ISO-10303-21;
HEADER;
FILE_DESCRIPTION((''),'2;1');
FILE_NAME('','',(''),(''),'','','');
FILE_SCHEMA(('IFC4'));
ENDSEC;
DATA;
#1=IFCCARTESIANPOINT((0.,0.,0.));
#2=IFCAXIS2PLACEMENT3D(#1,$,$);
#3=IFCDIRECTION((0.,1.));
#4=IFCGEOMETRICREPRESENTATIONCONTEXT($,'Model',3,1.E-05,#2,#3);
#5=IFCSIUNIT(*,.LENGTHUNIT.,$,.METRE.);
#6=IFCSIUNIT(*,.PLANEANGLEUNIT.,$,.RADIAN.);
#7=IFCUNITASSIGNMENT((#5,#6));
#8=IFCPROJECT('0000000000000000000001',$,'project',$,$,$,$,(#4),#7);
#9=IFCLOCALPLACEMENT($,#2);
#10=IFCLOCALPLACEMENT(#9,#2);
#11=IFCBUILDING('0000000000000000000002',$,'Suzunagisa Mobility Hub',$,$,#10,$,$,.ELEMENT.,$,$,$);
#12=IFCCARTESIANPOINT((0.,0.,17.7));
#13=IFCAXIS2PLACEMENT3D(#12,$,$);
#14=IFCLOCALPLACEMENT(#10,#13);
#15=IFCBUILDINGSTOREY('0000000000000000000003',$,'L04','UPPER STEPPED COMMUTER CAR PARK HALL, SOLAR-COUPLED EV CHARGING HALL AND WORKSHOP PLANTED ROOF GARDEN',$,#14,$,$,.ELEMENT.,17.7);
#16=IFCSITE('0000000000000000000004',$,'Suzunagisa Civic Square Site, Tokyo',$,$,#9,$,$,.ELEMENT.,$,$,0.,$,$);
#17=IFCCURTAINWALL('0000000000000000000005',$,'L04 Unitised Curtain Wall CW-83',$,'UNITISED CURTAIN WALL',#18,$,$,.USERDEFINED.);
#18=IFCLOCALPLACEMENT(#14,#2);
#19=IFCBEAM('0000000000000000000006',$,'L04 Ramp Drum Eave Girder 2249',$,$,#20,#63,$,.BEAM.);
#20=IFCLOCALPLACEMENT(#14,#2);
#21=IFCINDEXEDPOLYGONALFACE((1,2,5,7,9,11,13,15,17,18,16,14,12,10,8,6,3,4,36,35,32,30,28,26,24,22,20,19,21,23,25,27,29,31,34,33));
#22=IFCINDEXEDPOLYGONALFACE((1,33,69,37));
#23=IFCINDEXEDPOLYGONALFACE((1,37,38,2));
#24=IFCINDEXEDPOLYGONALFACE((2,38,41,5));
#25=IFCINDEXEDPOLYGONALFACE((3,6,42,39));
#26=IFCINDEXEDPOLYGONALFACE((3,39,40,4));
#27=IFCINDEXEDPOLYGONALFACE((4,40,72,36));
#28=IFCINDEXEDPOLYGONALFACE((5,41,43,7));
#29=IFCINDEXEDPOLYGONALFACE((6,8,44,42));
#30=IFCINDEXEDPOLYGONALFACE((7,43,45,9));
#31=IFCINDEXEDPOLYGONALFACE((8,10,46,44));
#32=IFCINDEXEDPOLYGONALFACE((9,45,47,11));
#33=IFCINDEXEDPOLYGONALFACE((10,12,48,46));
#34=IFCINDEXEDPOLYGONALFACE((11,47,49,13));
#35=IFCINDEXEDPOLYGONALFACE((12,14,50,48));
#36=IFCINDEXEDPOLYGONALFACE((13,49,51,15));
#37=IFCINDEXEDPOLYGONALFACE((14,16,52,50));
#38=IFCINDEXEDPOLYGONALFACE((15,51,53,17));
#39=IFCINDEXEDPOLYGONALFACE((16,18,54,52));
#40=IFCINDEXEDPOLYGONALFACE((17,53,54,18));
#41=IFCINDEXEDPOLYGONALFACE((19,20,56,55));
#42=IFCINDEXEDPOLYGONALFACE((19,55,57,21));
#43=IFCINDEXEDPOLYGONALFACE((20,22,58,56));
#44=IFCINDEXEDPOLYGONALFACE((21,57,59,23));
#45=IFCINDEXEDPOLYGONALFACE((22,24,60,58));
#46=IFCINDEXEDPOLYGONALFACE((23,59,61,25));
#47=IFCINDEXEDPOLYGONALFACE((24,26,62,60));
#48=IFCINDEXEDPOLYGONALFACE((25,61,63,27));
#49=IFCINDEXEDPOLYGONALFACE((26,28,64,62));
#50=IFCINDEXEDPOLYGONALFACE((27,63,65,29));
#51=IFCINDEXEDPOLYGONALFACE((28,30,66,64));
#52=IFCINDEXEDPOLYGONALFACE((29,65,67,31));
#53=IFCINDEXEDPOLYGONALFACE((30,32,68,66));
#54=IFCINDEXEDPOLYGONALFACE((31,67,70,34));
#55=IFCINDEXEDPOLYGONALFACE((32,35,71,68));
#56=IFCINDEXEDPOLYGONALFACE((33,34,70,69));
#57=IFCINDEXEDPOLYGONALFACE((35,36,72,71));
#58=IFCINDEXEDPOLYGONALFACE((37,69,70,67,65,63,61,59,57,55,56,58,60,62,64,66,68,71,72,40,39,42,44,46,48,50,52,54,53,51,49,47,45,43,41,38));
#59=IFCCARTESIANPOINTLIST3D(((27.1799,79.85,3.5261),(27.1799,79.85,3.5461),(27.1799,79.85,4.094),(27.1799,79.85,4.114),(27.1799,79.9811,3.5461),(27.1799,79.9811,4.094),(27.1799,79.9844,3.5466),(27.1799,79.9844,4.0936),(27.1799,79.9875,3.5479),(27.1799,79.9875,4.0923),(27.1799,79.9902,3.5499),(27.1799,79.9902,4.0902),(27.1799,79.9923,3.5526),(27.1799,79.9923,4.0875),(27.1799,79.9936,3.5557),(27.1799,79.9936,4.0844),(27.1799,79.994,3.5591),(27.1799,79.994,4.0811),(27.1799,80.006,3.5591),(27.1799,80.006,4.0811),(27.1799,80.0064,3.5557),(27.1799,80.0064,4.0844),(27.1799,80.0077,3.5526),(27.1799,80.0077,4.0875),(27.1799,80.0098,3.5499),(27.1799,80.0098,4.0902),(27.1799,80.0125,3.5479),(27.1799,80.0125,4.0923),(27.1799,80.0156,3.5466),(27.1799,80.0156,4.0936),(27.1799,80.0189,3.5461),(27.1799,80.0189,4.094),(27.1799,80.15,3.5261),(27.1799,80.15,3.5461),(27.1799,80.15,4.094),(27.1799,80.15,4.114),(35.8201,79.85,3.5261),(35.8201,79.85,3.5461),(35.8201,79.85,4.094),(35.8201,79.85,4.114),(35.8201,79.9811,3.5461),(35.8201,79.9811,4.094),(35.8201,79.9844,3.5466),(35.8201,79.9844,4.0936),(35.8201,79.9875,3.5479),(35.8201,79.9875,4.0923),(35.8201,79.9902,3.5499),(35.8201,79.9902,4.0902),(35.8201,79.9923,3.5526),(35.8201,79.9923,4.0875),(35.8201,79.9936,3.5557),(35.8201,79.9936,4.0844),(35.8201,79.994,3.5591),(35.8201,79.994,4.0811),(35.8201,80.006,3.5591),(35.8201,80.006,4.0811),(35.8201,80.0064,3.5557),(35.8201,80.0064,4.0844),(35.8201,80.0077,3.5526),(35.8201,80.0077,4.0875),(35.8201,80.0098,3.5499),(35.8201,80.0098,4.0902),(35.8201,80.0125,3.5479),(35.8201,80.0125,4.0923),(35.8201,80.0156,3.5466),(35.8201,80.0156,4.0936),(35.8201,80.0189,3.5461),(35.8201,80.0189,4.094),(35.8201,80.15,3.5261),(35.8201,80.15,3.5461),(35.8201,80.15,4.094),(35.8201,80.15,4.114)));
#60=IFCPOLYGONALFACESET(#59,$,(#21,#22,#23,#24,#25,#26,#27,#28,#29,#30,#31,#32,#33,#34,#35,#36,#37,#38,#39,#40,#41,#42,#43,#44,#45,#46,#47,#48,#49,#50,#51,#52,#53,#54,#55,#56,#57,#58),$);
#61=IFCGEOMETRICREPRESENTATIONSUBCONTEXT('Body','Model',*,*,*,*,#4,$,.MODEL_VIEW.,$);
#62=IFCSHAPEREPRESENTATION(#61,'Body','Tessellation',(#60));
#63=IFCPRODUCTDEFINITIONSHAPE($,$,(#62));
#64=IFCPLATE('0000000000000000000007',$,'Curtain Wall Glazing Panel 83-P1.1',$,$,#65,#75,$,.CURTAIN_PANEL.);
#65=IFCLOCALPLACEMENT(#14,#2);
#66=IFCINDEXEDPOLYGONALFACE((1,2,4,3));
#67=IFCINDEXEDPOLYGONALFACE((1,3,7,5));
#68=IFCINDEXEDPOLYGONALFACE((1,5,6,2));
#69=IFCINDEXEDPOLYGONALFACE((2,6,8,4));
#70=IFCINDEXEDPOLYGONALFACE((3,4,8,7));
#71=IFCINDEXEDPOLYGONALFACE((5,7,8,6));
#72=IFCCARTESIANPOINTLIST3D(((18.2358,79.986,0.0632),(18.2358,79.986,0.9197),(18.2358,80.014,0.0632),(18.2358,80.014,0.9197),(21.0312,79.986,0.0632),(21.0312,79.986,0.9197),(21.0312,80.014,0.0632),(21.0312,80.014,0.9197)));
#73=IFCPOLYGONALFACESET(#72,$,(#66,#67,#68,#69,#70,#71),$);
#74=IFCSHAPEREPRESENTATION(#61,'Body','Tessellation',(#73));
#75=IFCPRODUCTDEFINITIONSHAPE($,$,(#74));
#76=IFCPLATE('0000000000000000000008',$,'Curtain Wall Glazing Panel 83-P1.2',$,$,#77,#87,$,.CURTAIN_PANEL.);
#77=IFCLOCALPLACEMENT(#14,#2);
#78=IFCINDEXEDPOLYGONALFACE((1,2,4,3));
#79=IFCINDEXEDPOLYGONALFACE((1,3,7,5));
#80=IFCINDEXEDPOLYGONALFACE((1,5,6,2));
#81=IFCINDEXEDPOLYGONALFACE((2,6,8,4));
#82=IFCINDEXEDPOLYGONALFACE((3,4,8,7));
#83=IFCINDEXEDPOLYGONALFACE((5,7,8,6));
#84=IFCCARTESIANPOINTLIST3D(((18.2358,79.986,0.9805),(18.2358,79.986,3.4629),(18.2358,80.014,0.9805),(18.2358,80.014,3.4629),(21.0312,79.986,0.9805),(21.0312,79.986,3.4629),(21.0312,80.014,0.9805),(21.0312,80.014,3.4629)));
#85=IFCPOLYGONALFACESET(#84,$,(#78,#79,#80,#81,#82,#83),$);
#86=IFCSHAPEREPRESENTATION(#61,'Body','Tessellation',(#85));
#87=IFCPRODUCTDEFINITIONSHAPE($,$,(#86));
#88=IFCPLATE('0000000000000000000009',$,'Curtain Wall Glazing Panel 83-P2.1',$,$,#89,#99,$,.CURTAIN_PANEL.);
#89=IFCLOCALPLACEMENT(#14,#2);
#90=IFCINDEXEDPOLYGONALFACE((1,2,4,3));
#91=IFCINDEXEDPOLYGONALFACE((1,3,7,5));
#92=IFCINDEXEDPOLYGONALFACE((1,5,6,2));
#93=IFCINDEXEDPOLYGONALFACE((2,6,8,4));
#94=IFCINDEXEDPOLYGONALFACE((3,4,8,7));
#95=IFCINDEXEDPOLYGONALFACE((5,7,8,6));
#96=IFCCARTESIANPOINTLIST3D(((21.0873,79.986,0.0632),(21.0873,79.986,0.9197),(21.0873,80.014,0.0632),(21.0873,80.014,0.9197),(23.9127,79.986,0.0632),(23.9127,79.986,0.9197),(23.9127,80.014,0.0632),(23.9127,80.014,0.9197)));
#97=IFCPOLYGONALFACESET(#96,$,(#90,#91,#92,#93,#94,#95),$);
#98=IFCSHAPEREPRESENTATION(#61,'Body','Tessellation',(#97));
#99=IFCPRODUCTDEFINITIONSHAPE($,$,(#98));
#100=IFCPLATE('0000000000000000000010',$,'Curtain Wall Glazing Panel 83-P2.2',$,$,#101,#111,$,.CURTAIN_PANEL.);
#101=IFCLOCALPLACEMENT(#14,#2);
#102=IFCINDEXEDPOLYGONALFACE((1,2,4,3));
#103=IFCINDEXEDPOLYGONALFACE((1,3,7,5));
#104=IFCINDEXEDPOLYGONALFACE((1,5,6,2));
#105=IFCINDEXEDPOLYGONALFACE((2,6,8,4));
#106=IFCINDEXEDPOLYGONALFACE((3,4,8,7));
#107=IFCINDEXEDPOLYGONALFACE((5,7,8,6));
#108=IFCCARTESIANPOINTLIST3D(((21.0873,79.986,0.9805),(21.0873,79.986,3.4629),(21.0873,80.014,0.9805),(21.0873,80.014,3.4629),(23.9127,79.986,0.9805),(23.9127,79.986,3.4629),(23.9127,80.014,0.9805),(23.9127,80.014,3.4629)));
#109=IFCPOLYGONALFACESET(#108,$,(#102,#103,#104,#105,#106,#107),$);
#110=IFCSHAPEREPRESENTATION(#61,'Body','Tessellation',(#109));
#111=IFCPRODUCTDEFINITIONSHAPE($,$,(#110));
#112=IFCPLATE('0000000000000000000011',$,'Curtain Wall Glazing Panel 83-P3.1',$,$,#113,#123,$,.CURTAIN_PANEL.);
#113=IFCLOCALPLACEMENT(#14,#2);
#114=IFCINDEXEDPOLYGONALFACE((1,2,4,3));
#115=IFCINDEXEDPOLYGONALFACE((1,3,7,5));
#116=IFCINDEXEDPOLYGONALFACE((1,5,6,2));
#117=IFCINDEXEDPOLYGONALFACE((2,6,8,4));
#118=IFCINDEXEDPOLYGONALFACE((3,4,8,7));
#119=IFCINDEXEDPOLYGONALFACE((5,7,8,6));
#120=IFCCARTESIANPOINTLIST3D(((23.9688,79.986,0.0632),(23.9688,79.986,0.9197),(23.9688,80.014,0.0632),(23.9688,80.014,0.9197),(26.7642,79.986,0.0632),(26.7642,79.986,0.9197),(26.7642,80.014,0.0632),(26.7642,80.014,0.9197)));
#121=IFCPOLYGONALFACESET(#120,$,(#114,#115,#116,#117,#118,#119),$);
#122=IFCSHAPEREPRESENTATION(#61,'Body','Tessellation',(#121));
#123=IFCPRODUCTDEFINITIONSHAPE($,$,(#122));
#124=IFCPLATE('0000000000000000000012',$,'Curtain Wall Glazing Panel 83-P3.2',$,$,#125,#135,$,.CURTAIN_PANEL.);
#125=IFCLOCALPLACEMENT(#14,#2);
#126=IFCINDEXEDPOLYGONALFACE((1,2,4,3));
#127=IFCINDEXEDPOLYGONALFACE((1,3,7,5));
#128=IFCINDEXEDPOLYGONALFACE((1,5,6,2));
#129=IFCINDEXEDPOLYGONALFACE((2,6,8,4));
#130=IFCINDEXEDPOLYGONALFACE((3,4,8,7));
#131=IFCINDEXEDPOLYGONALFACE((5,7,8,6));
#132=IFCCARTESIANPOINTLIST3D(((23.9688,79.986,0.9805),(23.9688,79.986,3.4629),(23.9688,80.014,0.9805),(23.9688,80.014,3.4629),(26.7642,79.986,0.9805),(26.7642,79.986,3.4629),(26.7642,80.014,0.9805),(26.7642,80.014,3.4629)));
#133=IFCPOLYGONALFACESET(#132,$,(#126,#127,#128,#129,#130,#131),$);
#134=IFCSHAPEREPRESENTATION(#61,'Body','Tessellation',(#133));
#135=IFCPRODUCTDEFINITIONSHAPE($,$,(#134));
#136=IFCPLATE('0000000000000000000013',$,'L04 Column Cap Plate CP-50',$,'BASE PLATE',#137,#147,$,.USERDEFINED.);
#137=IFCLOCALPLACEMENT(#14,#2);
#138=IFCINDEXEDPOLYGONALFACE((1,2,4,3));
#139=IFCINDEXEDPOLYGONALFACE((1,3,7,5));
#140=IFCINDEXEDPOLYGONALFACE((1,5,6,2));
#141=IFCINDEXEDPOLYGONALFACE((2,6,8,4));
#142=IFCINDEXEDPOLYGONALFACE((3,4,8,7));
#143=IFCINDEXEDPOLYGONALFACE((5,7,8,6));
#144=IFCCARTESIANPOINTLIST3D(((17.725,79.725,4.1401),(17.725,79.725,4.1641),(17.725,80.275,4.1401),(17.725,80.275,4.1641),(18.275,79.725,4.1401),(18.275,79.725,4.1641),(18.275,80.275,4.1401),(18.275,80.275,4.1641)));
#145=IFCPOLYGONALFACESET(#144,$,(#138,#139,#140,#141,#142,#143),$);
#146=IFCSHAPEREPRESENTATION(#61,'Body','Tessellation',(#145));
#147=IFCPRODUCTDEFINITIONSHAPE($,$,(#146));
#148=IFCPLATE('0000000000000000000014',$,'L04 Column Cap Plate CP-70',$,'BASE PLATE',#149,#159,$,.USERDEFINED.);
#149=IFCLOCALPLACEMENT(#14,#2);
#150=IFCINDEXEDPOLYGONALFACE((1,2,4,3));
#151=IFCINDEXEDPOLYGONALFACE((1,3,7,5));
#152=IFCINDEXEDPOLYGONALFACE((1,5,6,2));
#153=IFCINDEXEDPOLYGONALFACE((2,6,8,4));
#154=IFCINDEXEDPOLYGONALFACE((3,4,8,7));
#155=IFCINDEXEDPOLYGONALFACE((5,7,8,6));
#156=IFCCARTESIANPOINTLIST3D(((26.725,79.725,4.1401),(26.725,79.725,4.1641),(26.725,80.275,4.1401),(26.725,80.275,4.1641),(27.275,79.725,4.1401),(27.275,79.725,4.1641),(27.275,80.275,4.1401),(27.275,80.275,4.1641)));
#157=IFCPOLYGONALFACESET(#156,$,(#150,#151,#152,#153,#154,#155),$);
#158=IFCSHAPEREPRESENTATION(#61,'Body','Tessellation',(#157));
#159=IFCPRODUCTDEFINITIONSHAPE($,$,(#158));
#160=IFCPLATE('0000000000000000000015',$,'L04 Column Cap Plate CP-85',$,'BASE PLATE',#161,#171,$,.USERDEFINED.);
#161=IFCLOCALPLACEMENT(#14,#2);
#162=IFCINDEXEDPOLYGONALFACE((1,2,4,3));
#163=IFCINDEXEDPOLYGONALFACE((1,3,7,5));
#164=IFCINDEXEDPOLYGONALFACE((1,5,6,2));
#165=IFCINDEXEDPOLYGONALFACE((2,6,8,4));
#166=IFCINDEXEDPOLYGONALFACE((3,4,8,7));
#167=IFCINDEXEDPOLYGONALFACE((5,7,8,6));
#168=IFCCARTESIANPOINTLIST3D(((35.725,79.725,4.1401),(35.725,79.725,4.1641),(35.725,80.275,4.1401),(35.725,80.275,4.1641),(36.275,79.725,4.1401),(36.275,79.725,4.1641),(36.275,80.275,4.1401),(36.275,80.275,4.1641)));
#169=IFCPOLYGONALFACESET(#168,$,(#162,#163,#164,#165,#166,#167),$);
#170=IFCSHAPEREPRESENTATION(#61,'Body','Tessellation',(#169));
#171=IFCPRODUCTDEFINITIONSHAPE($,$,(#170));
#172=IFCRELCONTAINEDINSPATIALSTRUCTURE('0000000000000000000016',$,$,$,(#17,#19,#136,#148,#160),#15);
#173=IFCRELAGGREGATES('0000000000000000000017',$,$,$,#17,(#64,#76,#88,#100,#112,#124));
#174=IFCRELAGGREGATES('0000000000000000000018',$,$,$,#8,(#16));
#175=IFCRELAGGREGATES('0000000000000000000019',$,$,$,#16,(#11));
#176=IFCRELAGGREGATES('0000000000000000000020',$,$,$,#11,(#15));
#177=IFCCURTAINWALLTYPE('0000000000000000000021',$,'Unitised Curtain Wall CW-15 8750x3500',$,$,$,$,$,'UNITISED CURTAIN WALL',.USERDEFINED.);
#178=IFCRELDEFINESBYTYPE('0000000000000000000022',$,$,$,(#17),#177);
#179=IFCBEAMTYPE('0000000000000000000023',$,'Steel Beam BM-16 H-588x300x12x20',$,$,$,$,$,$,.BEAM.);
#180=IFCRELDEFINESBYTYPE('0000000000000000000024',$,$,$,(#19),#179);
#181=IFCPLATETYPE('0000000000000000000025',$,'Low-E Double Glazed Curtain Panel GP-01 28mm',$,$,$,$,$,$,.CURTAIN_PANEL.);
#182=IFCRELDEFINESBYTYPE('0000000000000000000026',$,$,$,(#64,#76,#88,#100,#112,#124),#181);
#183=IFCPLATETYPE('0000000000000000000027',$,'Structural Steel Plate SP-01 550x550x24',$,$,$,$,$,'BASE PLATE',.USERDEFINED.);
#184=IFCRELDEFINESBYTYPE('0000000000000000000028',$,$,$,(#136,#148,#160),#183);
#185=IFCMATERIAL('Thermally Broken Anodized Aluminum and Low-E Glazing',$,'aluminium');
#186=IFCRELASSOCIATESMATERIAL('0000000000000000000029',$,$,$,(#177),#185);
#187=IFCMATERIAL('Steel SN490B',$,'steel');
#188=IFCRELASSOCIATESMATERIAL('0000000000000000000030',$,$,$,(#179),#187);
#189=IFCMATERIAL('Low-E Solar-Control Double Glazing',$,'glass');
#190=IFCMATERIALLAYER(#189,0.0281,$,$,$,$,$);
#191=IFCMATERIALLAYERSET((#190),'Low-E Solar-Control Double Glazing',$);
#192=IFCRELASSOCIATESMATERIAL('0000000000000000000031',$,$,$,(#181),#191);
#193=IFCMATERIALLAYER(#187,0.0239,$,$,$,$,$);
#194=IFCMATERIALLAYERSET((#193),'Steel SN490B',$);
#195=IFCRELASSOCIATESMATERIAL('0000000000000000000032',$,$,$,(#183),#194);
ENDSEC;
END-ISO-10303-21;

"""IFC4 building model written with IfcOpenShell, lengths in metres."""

from ifc_helpers import new_model, si_unit, direction, frame, origin, origin_2d, place, context, subcontext, project, spatial, rectangle, i_section, extrude, material, layer, layer_set, material_profile, profile_set, type_object, element, aggregate, save


model = new_model("IFC4")

# Units and contexts
model_context = context("Model", 3, precision=1e-05, world=origin(), true_north=direction((0.0, 1.0)))
body_context = subcontext(model_context, "Body", "Model", "MODEL_VIEW")
ifc_project = project(units=[si_unit("LENGTHUNIT", "METRE"), si_unit("PLANEANGLEUNIT", "RADIAN")], contexts=[model_context])

# Site, building, storey
site_placement = place(None, origin())
site = spatial("IfcSite", under=ifc_project, at=site_placement, Name="Suzunagisa Civic Square Site, Tokyo", CompositionType="ELEMENT", RefElevation=0.0)
building_placement = place(site_placement, origin())
building = spatial("IfcBuilding", under=site, at=building_placement, Name="Suzunagisa Mobility Hub", CompositionType="ELEMENT")
storey_placement = place(building_placement, frame((0.0, 0.0, 17.7)))
storey = spatial("IfcBuildingStorey", under=building, at=storey_placement, Name="L04", Description="UPPER STEPPED COMMUTER CAR PARK HALL, SOLAR-COUPLED EV CHARGING HALL AND WORKSHOP PLANTED ROOF GARDEN", CompositionType="ELEMENT", Elevation=17.7)

# Shared definitions
ifc_material_1 = material(Name="Steel SN490B", Category="steel")

# Curtain wall
ifc_material_2 = material(Name="Thermally Broken Anodized Aluminum and Low-E Glazing", Category="aluminium")
curtain_wall_type = type_object("IfcCurtainWallType", Name="Unitised Curtain Wall CW-15 8750x3500", ElementType="UNITISED CURTAIN WALL", PredefinedType="USERDEFINED", material=ifc_material_2)
curtain_wall_placement = place(storey_placement, origin())
curtain_wall = element("IfcCurtainWall", 1, at=curtain_wall_placement, inside=storey, type_object=curtain_wall_type, Name="L04 Unitised Curtain Wall CW-83", ObjectType="UNITISED CURTAIN WALL", PredefinedType="USERDEFINED")

# Beam
ifc_material_profile_1 = material_profile(ifc_material_1, i_section(OverallWidth=0.3, OverallDepth=0.5879, WebThickness=0.012, FlangeThickness=0.02, FilletRadius=0.0129, at=origin_2d()), Name="H-588x300x12x20")
ifc_profile_set_1 = profile_set([ifc_material_profile_1], Name="Steel SN490B")
beam_type = type_object("IfcBeamType", Name="Steel Beam BM-16 H-588x300x12x20", PredefinedType="BEAM", material=ifc_profile_set_1)
for number, where, z_axis, x_axis, name in (
    (2, (27.1799, 80.0, 3.8201), (1.0, 0.0, 0.0), (0.0, 1.0, 0.0), "L04 Ramp Drum Eave Girder 2249"),
):
    element("IfcBeam", number, at=place(storey_placement, frame(where, z_axis=z_axis, x_axis=x_axis)), inside=storey, type_object=beam_type, Name=name, PredefinedType="BEAM", context=body_context, shape_type="SweptSolid", body=[
        extrude(i_section(OverallWidth=0.3, OverallDepth=0.5879, WebThickness=0.012, FlangeThickness=0.02, FilletRadius=0.0129, at=origin_2d()), origin(), (0.0, 0.0, 1.0), 8.6401),
    ])

# Plates
ifc_material_3 = material(Name="Low-E Solar-Control Double Glazing", Category="glass")
ifc_layer_1 = layer(ifc_material_3, 0.0281)
ifc_layer_set_1 = layer_set([ifc_layer_1], Name="Low-E Solar-Control Double Glazing")
plate_type_1 = type_object("IfcPlateType", Name="Low-E Double Glazed Curtain Panel GP-01 28mm", PredefinedType="CURTAIN_PANEL", material=ifc_layer_set_1)
plate_1_placement = place(storey_placement, frame((19.6335, 80.0, 0.0632), z_axis=(0.0, 0.0, 1.0), x_axis=(1.0, 0.0, 0.0)))
plate_1 = element("IfcPlate", 3, at=plate_1_placement, type_object=plate_type_1, Name="Curtain Wall Glazing Panel 83-P1.1", PredefinedType="CURTAIN_PANEL", context=body_context, shape_type="SweptSolid", body=[
    extrude(rectangle(XDim=2.7954, YDim=0.0281, at=origin_2d()), origin(), (0.0, 0.0, 1.0), 0.8564),
])
plate_2_placement = place(storey_placement, frame((19.6335, 80.0, 0.9805), z_axis=(0.0, 0.0, 1.0), x_axis=(1.0, 0.0, 0.0)))
plate_2 = element("IfcPlate", 4, at=plate_2_placement, type_object=plate_type_1, Name="Curtain Wall Glazing Panel 83-P1.2", PredefinedType="CURTAIN_PANEL", context=body_context, shape_type="SweptSolid", body=[
    extrude(rectangle(XDim=2.7954, YDim=0.0281, at=origin_2d()), origin(), (0.0, 0.0, 1.0), 2.4824),
])
plate_3_placement = place(storey_placement, frame((22.5, 80.0, 0.0632), z_axis=(0.0, 0.0, 1.0), x_axis=(1.0, 0.0, 0.0)))
plate_3 = element("IfcPlate", 5, at=plate_3_placement, type_object=plate_type_1, Name="Curtain Wall Glazing Panel 83-P2.1", PredefinedType="CURTAIN_PANEL", context=body_context, shape_type="SweptSolid", body=[
    extrude(rectangle(XDim=2.8254, YDim=0.0281, at=origin_2d()), origin(), (0.0, 0.0, 1.0), 0.8564),
])
plate_4_placement = place(storey_placement, frame((22.5, 80.0, 0.9805), z_axis=(0.0, 0.0, 1.0), x_axis=(1.0, 0.0, 0.0)))
plate_4 = element("IfcPlate", 6, at=plate_4_placement, type_object=plate_type_1, Name="Curtain Wall Glazing Panel 83-P2.2", PredefinedType="CURTAIN_PANEL", context=body_context, shape_type="SweptSolid", body=[
    extrude(rectangle(XDim=2.8254, YDim=0.0281, at=origin_2d()), origin(), (0.0, 0.0, 1.0), 2.4824),
])
plate_5_placement = place(storey_placement, frame((25.3665, 80.0, 0.0632), z_axis=(0.0, 0.0, 1.0), x_axis=(1.0, 0.0, 0.0)))
plate_5 = element("IfcPlate", 7, at=plate_5_placement, type_object=plate_type_1, Name="Curtain Wall Glazing Panel 83-P3.1", PredefinedType="CURTAIN_PANEL", context=body_context, shape_type="SweptSolid", body=[
    extrude(rectangle(XDim=2.7954, YDim=0.0281, at=origin_2d()), origin(), (0.0, 0.0, 1.0), 0.8564),
])
plate_6_placement = place(storey_placement, frame((25.3665, 80.0, 0.9805), z_axis=(0.0, 0.0, 1.0), x_axis=(1.0, 0.0, 0.0)))
plate_6 = element("IfcPlate", 8, at=plate_6_placement, type_object=plate_type_1, Name="Curtain Wall Glazing Panel 83-P3.2", PredefinedType="CURTAIN_PANEL", context=body_context, shape_type="SweptSolid", body=[
    extrude(rectangle(XDim=2.7954, YDim=0.0281, at=origin_2d()), origin(), (0.0, 0.0, 1.0), 2.4824),
])
aggregate(curtain_wall, [plate_1, plate_2, plate_3, plate_4, plate_5, plate_6])

# Plates
ifc_layer_2 = layer(ifc_material_1, 0.0239)
ifc_layer_set_2 = layer_set([ifc_layer_2], Name="Steel SN490B")
plate_type_2 = type_object("IfcPlateType", Name="Structural Steel Plate SP-01 550x550x24", ElementType="BASE PLATE", PredefinedType="USERDEFINED", material=ifc_layer_set_2)
for number, where, z_axis, x_axis, name in (
    (9, (18.0, 80.0, 4.1401), (0.0, 0.0, 1.0), (1.0, 0.0, 0.0), "L04 Column Cap Plate CP-50"),
    (10, (27.0, 80.0, 4.1401), (0.0, 0.0, 1.0), (1.0, 0.0, 0.0), "L04 Column Cap Plate CP-70"),
    (11, (36.0, 80.0, 4.1401), (0.0, 0.0, 1.0), (1.0, 0.0, 0.0), "L04 Column Cap Plate CP-85"),
):
    element("IfcPlate", number, at=place(storey_placement, frame(where, z_axis=z_axis, x_axis=x_axis)), inside=storey, type_object=plate_type_2, Name=name, ObjectType="BASE PLATE", PredefinedType="USERDEFINED", context=body_context, shape_type="SweptSolid", body=[
        extrude(rectangle(XDim=0.55, YDim=0.55, at=origin_2d()), origin(), (0.0, 0.0, 1.0), 0.0239),
    ])

save(model, "model.ifc")
